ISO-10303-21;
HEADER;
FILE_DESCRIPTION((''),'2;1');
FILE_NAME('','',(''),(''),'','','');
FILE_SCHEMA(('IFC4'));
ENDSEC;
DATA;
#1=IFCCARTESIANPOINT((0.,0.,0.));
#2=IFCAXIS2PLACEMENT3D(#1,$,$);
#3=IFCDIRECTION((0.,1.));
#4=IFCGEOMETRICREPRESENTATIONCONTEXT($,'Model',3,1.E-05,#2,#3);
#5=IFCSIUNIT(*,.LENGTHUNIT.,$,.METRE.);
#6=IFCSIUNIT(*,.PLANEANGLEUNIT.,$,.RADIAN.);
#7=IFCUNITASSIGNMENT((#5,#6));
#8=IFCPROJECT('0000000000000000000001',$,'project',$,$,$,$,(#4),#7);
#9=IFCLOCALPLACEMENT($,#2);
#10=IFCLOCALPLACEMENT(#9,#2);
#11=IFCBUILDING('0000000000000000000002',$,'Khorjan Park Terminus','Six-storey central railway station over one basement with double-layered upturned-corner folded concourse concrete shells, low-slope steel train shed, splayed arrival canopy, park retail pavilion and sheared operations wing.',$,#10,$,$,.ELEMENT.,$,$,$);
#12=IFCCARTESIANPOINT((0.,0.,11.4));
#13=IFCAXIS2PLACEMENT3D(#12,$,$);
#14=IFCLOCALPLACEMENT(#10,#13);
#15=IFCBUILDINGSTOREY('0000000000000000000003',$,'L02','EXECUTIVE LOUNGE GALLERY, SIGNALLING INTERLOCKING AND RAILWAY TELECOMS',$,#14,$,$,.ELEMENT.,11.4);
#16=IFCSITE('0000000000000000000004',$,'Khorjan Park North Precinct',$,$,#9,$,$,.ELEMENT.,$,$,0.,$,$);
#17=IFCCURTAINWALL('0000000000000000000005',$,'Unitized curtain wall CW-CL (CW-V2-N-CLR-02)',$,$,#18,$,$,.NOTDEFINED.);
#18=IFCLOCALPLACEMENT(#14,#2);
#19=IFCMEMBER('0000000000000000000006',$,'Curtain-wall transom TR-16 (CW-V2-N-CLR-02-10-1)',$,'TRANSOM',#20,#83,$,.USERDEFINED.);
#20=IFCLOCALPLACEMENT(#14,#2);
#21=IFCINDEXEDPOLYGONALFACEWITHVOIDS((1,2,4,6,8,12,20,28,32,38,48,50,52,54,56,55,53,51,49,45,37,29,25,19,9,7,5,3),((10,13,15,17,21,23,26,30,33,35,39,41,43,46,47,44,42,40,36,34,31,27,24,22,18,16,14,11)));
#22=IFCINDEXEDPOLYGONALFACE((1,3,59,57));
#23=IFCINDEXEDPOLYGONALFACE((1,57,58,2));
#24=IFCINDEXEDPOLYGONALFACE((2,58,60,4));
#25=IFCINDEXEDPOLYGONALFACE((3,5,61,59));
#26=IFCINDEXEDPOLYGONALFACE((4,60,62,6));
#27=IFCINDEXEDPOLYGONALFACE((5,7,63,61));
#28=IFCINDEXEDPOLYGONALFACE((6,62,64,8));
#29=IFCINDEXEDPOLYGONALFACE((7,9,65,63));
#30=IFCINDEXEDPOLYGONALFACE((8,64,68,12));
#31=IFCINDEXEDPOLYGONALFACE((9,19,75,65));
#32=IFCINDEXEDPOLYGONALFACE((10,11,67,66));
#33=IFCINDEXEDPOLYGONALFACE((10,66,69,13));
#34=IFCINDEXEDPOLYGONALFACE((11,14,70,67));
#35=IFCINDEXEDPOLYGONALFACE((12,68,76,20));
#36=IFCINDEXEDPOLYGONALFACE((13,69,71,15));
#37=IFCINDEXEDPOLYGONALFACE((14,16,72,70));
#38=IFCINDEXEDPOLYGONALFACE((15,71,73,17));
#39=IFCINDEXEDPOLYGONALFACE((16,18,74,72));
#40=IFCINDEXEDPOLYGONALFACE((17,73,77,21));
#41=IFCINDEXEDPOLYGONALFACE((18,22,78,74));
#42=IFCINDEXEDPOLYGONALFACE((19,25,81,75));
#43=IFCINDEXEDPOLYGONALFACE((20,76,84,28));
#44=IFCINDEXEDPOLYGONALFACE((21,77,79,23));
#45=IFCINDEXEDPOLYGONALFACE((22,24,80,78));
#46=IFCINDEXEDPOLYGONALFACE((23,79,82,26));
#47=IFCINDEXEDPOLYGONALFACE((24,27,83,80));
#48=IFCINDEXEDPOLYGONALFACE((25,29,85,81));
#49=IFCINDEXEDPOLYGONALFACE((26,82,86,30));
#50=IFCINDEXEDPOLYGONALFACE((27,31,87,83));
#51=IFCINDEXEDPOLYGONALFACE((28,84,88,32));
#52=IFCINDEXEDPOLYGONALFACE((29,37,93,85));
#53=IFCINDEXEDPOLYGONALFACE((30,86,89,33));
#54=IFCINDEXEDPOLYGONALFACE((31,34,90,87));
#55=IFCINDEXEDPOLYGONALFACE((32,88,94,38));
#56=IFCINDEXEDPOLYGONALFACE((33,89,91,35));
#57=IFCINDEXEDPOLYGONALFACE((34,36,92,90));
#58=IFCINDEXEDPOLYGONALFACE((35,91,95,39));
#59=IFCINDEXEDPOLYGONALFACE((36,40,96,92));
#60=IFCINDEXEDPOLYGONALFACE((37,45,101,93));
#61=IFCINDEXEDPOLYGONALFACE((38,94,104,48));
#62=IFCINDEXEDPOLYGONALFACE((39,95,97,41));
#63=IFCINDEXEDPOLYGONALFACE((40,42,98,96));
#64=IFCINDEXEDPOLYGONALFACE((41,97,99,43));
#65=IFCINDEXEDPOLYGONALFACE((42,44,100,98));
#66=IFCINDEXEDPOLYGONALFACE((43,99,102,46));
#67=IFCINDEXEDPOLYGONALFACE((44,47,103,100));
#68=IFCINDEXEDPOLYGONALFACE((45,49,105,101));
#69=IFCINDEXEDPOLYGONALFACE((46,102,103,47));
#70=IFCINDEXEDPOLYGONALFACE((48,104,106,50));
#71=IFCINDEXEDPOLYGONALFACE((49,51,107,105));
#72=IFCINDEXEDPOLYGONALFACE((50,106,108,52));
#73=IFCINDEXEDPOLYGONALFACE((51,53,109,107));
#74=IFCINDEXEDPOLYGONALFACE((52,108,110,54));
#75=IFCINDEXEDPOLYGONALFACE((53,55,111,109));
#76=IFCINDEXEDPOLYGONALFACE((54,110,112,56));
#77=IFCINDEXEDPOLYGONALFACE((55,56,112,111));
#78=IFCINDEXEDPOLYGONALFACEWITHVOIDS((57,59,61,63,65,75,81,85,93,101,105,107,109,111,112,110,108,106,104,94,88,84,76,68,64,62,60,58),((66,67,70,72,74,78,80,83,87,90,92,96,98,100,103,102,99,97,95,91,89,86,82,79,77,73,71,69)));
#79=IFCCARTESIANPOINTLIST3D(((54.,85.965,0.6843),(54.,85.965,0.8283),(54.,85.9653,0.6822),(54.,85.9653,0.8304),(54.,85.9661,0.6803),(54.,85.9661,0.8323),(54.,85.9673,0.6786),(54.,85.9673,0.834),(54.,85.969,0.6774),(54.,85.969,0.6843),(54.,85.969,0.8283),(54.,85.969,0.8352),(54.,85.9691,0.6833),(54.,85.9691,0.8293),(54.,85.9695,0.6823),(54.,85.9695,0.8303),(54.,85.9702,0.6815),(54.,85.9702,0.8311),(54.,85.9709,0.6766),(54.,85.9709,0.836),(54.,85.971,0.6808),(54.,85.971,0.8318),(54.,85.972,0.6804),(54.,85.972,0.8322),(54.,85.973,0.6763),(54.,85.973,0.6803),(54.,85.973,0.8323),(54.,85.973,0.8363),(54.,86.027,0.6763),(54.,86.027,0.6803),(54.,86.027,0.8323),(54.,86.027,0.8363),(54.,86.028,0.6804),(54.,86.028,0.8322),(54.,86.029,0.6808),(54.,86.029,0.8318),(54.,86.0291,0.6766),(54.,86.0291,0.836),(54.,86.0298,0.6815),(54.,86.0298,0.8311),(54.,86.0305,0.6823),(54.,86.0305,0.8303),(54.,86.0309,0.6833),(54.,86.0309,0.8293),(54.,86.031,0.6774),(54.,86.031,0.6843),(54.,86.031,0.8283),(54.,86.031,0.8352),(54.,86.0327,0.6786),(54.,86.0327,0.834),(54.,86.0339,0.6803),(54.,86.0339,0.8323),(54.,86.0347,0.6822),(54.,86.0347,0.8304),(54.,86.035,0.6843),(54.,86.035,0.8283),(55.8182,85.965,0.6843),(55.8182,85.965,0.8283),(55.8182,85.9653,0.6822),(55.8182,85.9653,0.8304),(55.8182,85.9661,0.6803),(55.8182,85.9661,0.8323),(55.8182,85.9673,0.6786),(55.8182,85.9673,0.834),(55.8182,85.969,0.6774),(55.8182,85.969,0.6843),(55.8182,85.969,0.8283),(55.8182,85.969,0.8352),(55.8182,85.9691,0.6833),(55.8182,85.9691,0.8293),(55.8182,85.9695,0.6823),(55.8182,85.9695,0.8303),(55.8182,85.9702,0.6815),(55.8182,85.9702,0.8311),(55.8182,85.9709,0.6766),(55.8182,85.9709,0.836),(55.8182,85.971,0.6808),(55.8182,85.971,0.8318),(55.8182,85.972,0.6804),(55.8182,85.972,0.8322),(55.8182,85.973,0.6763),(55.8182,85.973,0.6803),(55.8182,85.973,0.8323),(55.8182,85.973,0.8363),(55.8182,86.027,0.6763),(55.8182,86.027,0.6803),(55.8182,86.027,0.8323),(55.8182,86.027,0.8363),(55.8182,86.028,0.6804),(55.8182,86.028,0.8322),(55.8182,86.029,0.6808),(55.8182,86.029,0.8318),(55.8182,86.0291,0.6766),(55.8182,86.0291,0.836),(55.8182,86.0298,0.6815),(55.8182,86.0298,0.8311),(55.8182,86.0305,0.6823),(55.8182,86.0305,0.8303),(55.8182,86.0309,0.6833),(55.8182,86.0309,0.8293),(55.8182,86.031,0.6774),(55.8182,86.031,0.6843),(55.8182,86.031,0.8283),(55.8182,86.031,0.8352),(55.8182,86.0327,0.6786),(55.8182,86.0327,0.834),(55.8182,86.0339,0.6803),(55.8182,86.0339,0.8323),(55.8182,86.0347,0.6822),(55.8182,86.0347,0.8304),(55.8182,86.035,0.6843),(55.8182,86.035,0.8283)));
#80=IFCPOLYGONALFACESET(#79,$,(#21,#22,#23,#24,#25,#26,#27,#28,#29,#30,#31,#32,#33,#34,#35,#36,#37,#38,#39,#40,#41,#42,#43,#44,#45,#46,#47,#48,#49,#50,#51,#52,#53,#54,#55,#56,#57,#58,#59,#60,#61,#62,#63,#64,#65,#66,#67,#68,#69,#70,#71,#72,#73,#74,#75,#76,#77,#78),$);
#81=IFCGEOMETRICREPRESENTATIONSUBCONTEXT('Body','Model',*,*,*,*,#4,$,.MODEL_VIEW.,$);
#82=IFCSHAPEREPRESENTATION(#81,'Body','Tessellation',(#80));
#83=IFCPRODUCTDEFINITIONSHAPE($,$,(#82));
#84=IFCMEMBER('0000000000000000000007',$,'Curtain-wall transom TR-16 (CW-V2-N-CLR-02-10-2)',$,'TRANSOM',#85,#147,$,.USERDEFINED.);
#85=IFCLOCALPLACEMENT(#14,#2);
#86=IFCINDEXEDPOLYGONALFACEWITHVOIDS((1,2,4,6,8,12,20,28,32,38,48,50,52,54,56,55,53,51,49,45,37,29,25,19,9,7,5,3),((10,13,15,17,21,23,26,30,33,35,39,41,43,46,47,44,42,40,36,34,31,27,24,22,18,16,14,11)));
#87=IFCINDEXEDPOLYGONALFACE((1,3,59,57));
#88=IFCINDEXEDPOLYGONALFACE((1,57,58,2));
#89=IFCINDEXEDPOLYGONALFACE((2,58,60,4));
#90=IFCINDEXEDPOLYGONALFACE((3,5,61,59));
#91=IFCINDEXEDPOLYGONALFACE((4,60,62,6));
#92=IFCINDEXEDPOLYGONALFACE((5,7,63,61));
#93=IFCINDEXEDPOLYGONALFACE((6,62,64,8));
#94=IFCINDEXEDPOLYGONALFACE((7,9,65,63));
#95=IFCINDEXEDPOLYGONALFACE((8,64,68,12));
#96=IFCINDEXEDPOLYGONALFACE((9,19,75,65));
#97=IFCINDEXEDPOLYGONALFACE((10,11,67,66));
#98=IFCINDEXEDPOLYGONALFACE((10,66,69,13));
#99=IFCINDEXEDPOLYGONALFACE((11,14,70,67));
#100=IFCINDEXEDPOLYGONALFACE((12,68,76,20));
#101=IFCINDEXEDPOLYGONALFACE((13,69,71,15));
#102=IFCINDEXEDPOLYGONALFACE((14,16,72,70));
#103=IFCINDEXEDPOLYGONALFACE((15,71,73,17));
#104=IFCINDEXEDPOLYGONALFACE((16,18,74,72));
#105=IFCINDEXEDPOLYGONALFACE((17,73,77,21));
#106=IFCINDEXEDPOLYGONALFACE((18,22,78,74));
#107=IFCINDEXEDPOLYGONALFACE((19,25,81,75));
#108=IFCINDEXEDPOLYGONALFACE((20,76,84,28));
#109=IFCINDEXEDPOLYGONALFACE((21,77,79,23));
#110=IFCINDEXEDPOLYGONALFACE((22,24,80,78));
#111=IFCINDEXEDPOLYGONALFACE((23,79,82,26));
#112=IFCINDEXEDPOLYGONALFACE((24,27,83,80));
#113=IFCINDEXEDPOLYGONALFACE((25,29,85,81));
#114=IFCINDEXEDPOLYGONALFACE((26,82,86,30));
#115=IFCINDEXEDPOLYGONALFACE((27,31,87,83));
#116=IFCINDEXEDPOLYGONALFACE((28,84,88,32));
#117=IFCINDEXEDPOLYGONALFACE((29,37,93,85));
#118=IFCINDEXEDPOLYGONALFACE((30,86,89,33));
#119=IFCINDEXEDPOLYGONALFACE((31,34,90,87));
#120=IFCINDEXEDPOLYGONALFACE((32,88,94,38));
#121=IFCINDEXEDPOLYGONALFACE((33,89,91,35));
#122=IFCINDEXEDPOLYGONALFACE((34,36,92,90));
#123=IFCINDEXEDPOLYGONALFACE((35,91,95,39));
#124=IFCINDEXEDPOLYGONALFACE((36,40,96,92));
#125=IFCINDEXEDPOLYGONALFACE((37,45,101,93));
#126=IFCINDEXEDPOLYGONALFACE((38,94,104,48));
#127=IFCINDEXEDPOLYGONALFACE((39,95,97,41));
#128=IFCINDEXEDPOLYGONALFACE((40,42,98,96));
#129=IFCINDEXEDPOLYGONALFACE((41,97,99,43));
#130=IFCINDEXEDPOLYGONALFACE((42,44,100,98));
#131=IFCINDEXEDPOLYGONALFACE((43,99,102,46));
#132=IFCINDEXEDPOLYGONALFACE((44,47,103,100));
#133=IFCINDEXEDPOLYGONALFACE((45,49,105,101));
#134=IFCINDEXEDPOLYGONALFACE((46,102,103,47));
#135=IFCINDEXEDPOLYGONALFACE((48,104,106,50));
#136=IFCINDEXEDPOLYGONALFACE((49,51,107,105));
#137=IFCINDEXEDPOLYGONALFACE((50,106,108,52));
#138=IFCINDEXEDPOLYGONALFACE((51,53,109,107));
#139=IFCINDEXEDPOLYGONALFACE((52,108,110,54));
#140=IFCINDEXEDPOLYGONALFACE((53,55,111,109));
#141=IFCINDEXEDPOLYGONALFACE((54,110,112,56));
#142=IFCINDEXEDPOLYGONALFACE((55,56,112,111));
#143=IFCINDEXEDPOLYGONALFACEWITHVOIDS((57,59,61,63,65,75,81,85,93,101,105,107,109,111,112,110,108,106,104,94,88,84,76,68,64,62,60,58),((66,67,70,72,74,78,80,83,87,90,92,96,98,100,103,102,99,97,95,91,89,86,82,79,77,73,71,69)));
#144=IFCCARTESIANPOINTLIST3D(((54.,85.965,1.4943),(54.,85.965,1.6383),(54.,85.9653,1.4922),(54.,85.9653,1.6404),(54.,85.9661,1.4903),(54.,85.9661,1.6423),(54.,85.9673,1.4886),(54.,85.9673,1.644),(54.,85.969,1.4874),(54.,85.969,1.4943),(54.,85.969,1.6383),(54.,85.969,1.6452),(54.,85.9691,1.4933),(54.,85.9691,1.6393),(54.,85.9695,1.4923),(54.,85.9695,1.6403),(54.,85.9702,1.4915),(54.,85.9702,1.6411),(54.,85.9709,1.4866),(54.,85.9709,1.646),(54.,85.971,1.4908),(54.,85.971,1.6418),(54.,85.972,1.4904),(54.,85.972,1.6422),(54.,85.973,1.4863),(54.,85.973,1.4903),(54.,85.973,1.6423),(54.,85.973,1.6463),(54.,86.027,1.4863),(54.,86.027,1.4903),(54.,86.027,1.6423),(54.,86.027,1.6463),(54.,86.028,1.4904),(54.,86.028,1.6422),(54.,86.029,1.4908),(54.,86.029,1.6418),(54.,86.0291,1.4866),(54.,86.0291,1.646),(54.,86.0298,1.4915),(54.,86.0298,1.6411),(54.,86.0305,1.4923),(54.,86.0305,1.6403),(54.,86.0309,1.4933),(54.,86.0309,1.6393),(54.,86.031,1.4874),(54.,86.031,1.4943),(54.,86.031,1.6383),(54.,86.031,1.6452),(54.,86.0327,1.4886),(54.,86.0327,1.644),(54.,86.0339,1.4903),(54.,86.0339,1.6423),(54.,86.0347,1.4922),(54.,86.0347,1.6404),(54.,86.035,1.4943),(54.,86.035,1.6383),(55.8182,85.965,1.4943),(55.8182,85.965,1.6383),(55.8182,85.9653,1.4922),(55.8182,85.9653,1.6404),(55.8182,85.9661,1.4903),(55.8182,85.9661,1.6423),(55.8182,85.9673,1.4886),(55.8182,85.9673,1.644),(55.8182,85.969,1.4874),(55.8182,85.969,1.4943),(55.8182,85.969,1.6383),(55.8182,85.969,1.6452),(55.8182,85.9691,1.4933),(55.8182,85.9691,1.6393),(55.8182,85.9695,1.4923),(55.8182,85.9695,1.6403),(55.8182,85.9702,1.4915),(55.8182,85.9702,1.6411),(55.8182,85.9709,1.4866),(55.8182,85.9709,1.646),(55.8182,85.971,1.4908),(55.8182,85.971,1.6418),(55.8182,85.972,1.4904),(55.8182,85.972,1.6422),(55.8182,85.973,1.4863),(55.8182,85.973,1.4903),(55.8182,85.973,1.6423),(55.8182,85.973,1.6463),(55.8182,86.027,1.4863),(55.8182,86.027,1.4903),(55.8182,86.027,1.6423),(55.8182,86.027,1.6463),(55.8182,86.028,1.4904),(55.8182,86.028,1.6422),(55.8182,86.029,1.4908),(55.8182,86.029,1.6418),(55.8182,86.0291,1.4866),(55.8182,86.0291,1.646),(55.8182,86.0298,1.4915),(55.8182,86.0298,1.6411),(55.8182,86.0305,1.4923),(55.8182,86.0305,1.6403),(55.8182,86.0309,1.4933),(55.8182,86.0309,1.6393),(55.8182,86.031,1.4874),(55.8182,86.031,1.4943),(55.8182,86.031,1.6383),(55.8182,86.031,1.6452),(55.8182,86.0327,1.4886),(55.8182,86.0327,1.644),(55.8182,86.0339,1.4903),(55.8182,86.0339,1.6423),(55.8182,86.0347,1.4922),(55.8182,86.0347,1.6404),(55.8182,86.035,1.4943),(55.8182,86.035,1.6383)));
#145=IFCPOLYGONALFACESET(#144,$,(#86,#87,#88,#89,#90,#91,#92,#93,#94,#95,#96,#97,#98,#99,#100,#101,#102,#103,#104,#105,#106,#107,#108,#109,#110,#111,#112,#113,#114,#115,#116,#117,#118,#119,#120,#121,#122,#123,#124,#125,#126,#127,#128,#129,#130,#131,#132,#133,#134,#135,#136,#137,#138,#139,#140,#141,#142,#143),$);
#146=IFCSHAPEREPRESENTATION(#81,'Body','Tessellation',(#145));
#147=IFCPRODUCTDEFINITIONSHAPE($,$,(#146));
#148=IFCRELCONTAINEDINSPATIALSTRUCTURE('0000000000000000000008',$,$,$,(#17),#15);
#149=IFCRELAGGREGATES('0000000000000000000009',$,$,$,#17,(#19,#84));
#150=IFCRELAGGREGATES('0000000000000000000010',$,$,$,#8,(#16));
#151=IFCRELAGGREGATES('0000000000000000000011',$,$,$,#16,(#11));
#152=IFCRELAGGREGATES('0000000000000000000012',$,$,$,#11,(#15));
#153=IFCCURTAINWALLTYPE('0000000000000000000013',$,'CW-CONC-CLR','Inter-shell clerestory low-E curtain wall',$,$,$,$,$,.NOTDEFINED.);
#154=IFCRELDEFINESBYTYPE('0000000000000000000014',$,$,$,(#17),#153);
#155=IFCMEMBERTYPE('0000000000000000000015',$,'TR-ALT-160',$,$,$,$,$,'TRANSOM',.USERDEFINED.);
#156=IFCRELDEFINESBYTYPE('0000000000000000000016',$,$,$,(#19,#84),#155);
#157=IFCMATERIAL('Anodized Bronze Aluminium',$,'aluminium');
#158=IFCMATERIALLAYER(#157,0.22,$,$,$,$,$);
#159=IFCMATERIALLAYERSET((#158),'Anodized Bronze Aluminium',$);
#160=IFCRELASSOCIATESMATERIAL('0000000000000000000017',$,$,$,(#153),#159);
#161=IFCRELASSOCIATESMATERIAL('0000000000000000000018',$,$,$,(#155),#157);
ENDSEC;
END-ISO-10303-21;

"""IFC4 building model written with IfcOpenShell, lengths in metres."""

from ifc_helpers import new_model, si_unit, direction, frame, origin, origin_2d, place, context, subcontext, project, spatial, hollow_rectangle, extrude, material, layer, layer_set, material_profile, profile_set, type_object, element, aggregate, save


model = new_model("IFC4")

# Units and contexts
model_context = context("Model", 3, precision=1e-05, world=origin(), true_north=direction((0.0, 1.0)))
body_context = subcontext(model_context, "Body", "Model", "MODEL_VIEW")
ifc_project = project(units=[si_unit("LENGTHUNIT", "METRE"), si_unit("PLANEANGLEUNIT", "RADIAN")], contexts=[model_context])

# Site, building, storey
site_placement = place(None, origin())
site = spatial("IfcSite", under=ifc_project, at=site_placement, Name="Khorjan Park North Precinct", CompositionType="ELEMENT", RefElevation=0.0)
building_placement = place(site_placement, origin())
building = spatial("IfcBuilding", under=site, at=building_placement, Name="Khorjan Park Terminus", Description="Six-storey central railway station over one basement with double-layered upturned-corner folded concourse concrete shells, low-slope steel train shed, splayed arrival canopy, park retail pavilion and sheared operations wing.", CompositionType="ELEMENT")
storey_placement = place(building_placement, frame((0.0, 0.0, 11.4)))
storey = spatial("IfcBuildingStorey", under=building, at=storey_placement, Name="L02", Description="EXECUTIVE LOUNGE GALLERY, SIGNALLING INTERLOCKING AND RAILWAY TELECOMS", CompositionType="ELEMENT", Elevation=11.4)

# Curtain wall, members
ifc_material_1 = material(Name="Anodized Bronze Aluminium", Category="aluminium")
ifc_layer_1 = layer(ifc_material_1, 0.22)
ifc_layer_set_1 = layer_set([ifc_layer_1], Name="Anodized Bronze Aluminium")
curtain_wall_type = type_object("IfcCurtainWallType", Name="CW-CONC-CLR", Description="Inter-shell clerestory low-E curtain wall", PredefinedType="NOTDEFINED", material=ifc_layer_set_1)
ifc_material_profile_1 = material_profile(ifc_material_1, hollow_rectangle(XDim=0.07, YDim=0.16, WallThickness=0.004, InnerFilletRadius=0.004, OuterFilletRadius=0.008, at=origin_2d()), Name="ALT 70x160x4")
ifc_profile_set_1 = profile_set([ifc_material_profile_1], Name="Anodized Bronze Aluminium")
member_type_1 = type_object("IfcMemberType", Name="TR-ALT-160", ElementType="TRANSOM", PredefinedType="USERDEFINED", material=ifc_profile_set_1)
curtain_wall_1_placement = place(storey_placement, origin())
curtain_wall_1 = element("IfcCurtainWall", 1, at=curtain_wall_1_placement, inside=storey, type_object=curtain_wall_type, Name="Unitized curtain wall CW-CL (CW-V2-N-CLR-02)", PredefinedType="NOTDEFINED")
member_1_placement = place(storey_placement, frame((55.8182, 86.0, 0.7563), z_axis=(-1.0, 0.0, 0.0), x_axis=(0.0, -1.0, 0.0)))
member_1 = element("IfcMember", 2, at=member_1_placement, type_object=member_type_1, Name="Curtain-wall transom TR-16 (CW-V2-N-CLR-02-10-1)", ObjectType="TRANSOM", PredefinedType="USERDEFINED", context=body_context, shape_type="SweptSolid", body=[
    extrude(hollow_rectangle(XDim=0.07, YDim=0.16, WallThickness=0.004, InnerFilletRadius=0.004, OuterFilletRadius=0.008, at=origin_2d()), origin(), (0.0, 0.0, 1.0), 1.8182),
])
member_2_placement = place(storey_placement, frame((55.8182, 86.0, 1.5663), z_axis=(-1.0, 0.0, 0.0), x_axis=(0.0, -1.0, 0.0)))
member_2 = element("IfcMember", 3, at=member_2_placement, type_object=member_type_1, Name="Curtain-wall transom TR-16 (CW-V2-N-CLR-02-10-2)", ObjectType="TRANSOM", PredefinedType="USERDEFINED", context=body_context, shape_type="SweptSolid", body=[
    extrude(hollow_rectangle(XDim=0.07, YDim=0.16, WallThickness=0.004, InnerFilletRadius=0.004, OuterFilletRadius=0.008, at=origin_2d()), origin(), (0.0, 0.0, 1.0), 1.8182),
])

aggregate(curtain_wall_1, [member_1, member_2])

save(model, "model.ifc")
